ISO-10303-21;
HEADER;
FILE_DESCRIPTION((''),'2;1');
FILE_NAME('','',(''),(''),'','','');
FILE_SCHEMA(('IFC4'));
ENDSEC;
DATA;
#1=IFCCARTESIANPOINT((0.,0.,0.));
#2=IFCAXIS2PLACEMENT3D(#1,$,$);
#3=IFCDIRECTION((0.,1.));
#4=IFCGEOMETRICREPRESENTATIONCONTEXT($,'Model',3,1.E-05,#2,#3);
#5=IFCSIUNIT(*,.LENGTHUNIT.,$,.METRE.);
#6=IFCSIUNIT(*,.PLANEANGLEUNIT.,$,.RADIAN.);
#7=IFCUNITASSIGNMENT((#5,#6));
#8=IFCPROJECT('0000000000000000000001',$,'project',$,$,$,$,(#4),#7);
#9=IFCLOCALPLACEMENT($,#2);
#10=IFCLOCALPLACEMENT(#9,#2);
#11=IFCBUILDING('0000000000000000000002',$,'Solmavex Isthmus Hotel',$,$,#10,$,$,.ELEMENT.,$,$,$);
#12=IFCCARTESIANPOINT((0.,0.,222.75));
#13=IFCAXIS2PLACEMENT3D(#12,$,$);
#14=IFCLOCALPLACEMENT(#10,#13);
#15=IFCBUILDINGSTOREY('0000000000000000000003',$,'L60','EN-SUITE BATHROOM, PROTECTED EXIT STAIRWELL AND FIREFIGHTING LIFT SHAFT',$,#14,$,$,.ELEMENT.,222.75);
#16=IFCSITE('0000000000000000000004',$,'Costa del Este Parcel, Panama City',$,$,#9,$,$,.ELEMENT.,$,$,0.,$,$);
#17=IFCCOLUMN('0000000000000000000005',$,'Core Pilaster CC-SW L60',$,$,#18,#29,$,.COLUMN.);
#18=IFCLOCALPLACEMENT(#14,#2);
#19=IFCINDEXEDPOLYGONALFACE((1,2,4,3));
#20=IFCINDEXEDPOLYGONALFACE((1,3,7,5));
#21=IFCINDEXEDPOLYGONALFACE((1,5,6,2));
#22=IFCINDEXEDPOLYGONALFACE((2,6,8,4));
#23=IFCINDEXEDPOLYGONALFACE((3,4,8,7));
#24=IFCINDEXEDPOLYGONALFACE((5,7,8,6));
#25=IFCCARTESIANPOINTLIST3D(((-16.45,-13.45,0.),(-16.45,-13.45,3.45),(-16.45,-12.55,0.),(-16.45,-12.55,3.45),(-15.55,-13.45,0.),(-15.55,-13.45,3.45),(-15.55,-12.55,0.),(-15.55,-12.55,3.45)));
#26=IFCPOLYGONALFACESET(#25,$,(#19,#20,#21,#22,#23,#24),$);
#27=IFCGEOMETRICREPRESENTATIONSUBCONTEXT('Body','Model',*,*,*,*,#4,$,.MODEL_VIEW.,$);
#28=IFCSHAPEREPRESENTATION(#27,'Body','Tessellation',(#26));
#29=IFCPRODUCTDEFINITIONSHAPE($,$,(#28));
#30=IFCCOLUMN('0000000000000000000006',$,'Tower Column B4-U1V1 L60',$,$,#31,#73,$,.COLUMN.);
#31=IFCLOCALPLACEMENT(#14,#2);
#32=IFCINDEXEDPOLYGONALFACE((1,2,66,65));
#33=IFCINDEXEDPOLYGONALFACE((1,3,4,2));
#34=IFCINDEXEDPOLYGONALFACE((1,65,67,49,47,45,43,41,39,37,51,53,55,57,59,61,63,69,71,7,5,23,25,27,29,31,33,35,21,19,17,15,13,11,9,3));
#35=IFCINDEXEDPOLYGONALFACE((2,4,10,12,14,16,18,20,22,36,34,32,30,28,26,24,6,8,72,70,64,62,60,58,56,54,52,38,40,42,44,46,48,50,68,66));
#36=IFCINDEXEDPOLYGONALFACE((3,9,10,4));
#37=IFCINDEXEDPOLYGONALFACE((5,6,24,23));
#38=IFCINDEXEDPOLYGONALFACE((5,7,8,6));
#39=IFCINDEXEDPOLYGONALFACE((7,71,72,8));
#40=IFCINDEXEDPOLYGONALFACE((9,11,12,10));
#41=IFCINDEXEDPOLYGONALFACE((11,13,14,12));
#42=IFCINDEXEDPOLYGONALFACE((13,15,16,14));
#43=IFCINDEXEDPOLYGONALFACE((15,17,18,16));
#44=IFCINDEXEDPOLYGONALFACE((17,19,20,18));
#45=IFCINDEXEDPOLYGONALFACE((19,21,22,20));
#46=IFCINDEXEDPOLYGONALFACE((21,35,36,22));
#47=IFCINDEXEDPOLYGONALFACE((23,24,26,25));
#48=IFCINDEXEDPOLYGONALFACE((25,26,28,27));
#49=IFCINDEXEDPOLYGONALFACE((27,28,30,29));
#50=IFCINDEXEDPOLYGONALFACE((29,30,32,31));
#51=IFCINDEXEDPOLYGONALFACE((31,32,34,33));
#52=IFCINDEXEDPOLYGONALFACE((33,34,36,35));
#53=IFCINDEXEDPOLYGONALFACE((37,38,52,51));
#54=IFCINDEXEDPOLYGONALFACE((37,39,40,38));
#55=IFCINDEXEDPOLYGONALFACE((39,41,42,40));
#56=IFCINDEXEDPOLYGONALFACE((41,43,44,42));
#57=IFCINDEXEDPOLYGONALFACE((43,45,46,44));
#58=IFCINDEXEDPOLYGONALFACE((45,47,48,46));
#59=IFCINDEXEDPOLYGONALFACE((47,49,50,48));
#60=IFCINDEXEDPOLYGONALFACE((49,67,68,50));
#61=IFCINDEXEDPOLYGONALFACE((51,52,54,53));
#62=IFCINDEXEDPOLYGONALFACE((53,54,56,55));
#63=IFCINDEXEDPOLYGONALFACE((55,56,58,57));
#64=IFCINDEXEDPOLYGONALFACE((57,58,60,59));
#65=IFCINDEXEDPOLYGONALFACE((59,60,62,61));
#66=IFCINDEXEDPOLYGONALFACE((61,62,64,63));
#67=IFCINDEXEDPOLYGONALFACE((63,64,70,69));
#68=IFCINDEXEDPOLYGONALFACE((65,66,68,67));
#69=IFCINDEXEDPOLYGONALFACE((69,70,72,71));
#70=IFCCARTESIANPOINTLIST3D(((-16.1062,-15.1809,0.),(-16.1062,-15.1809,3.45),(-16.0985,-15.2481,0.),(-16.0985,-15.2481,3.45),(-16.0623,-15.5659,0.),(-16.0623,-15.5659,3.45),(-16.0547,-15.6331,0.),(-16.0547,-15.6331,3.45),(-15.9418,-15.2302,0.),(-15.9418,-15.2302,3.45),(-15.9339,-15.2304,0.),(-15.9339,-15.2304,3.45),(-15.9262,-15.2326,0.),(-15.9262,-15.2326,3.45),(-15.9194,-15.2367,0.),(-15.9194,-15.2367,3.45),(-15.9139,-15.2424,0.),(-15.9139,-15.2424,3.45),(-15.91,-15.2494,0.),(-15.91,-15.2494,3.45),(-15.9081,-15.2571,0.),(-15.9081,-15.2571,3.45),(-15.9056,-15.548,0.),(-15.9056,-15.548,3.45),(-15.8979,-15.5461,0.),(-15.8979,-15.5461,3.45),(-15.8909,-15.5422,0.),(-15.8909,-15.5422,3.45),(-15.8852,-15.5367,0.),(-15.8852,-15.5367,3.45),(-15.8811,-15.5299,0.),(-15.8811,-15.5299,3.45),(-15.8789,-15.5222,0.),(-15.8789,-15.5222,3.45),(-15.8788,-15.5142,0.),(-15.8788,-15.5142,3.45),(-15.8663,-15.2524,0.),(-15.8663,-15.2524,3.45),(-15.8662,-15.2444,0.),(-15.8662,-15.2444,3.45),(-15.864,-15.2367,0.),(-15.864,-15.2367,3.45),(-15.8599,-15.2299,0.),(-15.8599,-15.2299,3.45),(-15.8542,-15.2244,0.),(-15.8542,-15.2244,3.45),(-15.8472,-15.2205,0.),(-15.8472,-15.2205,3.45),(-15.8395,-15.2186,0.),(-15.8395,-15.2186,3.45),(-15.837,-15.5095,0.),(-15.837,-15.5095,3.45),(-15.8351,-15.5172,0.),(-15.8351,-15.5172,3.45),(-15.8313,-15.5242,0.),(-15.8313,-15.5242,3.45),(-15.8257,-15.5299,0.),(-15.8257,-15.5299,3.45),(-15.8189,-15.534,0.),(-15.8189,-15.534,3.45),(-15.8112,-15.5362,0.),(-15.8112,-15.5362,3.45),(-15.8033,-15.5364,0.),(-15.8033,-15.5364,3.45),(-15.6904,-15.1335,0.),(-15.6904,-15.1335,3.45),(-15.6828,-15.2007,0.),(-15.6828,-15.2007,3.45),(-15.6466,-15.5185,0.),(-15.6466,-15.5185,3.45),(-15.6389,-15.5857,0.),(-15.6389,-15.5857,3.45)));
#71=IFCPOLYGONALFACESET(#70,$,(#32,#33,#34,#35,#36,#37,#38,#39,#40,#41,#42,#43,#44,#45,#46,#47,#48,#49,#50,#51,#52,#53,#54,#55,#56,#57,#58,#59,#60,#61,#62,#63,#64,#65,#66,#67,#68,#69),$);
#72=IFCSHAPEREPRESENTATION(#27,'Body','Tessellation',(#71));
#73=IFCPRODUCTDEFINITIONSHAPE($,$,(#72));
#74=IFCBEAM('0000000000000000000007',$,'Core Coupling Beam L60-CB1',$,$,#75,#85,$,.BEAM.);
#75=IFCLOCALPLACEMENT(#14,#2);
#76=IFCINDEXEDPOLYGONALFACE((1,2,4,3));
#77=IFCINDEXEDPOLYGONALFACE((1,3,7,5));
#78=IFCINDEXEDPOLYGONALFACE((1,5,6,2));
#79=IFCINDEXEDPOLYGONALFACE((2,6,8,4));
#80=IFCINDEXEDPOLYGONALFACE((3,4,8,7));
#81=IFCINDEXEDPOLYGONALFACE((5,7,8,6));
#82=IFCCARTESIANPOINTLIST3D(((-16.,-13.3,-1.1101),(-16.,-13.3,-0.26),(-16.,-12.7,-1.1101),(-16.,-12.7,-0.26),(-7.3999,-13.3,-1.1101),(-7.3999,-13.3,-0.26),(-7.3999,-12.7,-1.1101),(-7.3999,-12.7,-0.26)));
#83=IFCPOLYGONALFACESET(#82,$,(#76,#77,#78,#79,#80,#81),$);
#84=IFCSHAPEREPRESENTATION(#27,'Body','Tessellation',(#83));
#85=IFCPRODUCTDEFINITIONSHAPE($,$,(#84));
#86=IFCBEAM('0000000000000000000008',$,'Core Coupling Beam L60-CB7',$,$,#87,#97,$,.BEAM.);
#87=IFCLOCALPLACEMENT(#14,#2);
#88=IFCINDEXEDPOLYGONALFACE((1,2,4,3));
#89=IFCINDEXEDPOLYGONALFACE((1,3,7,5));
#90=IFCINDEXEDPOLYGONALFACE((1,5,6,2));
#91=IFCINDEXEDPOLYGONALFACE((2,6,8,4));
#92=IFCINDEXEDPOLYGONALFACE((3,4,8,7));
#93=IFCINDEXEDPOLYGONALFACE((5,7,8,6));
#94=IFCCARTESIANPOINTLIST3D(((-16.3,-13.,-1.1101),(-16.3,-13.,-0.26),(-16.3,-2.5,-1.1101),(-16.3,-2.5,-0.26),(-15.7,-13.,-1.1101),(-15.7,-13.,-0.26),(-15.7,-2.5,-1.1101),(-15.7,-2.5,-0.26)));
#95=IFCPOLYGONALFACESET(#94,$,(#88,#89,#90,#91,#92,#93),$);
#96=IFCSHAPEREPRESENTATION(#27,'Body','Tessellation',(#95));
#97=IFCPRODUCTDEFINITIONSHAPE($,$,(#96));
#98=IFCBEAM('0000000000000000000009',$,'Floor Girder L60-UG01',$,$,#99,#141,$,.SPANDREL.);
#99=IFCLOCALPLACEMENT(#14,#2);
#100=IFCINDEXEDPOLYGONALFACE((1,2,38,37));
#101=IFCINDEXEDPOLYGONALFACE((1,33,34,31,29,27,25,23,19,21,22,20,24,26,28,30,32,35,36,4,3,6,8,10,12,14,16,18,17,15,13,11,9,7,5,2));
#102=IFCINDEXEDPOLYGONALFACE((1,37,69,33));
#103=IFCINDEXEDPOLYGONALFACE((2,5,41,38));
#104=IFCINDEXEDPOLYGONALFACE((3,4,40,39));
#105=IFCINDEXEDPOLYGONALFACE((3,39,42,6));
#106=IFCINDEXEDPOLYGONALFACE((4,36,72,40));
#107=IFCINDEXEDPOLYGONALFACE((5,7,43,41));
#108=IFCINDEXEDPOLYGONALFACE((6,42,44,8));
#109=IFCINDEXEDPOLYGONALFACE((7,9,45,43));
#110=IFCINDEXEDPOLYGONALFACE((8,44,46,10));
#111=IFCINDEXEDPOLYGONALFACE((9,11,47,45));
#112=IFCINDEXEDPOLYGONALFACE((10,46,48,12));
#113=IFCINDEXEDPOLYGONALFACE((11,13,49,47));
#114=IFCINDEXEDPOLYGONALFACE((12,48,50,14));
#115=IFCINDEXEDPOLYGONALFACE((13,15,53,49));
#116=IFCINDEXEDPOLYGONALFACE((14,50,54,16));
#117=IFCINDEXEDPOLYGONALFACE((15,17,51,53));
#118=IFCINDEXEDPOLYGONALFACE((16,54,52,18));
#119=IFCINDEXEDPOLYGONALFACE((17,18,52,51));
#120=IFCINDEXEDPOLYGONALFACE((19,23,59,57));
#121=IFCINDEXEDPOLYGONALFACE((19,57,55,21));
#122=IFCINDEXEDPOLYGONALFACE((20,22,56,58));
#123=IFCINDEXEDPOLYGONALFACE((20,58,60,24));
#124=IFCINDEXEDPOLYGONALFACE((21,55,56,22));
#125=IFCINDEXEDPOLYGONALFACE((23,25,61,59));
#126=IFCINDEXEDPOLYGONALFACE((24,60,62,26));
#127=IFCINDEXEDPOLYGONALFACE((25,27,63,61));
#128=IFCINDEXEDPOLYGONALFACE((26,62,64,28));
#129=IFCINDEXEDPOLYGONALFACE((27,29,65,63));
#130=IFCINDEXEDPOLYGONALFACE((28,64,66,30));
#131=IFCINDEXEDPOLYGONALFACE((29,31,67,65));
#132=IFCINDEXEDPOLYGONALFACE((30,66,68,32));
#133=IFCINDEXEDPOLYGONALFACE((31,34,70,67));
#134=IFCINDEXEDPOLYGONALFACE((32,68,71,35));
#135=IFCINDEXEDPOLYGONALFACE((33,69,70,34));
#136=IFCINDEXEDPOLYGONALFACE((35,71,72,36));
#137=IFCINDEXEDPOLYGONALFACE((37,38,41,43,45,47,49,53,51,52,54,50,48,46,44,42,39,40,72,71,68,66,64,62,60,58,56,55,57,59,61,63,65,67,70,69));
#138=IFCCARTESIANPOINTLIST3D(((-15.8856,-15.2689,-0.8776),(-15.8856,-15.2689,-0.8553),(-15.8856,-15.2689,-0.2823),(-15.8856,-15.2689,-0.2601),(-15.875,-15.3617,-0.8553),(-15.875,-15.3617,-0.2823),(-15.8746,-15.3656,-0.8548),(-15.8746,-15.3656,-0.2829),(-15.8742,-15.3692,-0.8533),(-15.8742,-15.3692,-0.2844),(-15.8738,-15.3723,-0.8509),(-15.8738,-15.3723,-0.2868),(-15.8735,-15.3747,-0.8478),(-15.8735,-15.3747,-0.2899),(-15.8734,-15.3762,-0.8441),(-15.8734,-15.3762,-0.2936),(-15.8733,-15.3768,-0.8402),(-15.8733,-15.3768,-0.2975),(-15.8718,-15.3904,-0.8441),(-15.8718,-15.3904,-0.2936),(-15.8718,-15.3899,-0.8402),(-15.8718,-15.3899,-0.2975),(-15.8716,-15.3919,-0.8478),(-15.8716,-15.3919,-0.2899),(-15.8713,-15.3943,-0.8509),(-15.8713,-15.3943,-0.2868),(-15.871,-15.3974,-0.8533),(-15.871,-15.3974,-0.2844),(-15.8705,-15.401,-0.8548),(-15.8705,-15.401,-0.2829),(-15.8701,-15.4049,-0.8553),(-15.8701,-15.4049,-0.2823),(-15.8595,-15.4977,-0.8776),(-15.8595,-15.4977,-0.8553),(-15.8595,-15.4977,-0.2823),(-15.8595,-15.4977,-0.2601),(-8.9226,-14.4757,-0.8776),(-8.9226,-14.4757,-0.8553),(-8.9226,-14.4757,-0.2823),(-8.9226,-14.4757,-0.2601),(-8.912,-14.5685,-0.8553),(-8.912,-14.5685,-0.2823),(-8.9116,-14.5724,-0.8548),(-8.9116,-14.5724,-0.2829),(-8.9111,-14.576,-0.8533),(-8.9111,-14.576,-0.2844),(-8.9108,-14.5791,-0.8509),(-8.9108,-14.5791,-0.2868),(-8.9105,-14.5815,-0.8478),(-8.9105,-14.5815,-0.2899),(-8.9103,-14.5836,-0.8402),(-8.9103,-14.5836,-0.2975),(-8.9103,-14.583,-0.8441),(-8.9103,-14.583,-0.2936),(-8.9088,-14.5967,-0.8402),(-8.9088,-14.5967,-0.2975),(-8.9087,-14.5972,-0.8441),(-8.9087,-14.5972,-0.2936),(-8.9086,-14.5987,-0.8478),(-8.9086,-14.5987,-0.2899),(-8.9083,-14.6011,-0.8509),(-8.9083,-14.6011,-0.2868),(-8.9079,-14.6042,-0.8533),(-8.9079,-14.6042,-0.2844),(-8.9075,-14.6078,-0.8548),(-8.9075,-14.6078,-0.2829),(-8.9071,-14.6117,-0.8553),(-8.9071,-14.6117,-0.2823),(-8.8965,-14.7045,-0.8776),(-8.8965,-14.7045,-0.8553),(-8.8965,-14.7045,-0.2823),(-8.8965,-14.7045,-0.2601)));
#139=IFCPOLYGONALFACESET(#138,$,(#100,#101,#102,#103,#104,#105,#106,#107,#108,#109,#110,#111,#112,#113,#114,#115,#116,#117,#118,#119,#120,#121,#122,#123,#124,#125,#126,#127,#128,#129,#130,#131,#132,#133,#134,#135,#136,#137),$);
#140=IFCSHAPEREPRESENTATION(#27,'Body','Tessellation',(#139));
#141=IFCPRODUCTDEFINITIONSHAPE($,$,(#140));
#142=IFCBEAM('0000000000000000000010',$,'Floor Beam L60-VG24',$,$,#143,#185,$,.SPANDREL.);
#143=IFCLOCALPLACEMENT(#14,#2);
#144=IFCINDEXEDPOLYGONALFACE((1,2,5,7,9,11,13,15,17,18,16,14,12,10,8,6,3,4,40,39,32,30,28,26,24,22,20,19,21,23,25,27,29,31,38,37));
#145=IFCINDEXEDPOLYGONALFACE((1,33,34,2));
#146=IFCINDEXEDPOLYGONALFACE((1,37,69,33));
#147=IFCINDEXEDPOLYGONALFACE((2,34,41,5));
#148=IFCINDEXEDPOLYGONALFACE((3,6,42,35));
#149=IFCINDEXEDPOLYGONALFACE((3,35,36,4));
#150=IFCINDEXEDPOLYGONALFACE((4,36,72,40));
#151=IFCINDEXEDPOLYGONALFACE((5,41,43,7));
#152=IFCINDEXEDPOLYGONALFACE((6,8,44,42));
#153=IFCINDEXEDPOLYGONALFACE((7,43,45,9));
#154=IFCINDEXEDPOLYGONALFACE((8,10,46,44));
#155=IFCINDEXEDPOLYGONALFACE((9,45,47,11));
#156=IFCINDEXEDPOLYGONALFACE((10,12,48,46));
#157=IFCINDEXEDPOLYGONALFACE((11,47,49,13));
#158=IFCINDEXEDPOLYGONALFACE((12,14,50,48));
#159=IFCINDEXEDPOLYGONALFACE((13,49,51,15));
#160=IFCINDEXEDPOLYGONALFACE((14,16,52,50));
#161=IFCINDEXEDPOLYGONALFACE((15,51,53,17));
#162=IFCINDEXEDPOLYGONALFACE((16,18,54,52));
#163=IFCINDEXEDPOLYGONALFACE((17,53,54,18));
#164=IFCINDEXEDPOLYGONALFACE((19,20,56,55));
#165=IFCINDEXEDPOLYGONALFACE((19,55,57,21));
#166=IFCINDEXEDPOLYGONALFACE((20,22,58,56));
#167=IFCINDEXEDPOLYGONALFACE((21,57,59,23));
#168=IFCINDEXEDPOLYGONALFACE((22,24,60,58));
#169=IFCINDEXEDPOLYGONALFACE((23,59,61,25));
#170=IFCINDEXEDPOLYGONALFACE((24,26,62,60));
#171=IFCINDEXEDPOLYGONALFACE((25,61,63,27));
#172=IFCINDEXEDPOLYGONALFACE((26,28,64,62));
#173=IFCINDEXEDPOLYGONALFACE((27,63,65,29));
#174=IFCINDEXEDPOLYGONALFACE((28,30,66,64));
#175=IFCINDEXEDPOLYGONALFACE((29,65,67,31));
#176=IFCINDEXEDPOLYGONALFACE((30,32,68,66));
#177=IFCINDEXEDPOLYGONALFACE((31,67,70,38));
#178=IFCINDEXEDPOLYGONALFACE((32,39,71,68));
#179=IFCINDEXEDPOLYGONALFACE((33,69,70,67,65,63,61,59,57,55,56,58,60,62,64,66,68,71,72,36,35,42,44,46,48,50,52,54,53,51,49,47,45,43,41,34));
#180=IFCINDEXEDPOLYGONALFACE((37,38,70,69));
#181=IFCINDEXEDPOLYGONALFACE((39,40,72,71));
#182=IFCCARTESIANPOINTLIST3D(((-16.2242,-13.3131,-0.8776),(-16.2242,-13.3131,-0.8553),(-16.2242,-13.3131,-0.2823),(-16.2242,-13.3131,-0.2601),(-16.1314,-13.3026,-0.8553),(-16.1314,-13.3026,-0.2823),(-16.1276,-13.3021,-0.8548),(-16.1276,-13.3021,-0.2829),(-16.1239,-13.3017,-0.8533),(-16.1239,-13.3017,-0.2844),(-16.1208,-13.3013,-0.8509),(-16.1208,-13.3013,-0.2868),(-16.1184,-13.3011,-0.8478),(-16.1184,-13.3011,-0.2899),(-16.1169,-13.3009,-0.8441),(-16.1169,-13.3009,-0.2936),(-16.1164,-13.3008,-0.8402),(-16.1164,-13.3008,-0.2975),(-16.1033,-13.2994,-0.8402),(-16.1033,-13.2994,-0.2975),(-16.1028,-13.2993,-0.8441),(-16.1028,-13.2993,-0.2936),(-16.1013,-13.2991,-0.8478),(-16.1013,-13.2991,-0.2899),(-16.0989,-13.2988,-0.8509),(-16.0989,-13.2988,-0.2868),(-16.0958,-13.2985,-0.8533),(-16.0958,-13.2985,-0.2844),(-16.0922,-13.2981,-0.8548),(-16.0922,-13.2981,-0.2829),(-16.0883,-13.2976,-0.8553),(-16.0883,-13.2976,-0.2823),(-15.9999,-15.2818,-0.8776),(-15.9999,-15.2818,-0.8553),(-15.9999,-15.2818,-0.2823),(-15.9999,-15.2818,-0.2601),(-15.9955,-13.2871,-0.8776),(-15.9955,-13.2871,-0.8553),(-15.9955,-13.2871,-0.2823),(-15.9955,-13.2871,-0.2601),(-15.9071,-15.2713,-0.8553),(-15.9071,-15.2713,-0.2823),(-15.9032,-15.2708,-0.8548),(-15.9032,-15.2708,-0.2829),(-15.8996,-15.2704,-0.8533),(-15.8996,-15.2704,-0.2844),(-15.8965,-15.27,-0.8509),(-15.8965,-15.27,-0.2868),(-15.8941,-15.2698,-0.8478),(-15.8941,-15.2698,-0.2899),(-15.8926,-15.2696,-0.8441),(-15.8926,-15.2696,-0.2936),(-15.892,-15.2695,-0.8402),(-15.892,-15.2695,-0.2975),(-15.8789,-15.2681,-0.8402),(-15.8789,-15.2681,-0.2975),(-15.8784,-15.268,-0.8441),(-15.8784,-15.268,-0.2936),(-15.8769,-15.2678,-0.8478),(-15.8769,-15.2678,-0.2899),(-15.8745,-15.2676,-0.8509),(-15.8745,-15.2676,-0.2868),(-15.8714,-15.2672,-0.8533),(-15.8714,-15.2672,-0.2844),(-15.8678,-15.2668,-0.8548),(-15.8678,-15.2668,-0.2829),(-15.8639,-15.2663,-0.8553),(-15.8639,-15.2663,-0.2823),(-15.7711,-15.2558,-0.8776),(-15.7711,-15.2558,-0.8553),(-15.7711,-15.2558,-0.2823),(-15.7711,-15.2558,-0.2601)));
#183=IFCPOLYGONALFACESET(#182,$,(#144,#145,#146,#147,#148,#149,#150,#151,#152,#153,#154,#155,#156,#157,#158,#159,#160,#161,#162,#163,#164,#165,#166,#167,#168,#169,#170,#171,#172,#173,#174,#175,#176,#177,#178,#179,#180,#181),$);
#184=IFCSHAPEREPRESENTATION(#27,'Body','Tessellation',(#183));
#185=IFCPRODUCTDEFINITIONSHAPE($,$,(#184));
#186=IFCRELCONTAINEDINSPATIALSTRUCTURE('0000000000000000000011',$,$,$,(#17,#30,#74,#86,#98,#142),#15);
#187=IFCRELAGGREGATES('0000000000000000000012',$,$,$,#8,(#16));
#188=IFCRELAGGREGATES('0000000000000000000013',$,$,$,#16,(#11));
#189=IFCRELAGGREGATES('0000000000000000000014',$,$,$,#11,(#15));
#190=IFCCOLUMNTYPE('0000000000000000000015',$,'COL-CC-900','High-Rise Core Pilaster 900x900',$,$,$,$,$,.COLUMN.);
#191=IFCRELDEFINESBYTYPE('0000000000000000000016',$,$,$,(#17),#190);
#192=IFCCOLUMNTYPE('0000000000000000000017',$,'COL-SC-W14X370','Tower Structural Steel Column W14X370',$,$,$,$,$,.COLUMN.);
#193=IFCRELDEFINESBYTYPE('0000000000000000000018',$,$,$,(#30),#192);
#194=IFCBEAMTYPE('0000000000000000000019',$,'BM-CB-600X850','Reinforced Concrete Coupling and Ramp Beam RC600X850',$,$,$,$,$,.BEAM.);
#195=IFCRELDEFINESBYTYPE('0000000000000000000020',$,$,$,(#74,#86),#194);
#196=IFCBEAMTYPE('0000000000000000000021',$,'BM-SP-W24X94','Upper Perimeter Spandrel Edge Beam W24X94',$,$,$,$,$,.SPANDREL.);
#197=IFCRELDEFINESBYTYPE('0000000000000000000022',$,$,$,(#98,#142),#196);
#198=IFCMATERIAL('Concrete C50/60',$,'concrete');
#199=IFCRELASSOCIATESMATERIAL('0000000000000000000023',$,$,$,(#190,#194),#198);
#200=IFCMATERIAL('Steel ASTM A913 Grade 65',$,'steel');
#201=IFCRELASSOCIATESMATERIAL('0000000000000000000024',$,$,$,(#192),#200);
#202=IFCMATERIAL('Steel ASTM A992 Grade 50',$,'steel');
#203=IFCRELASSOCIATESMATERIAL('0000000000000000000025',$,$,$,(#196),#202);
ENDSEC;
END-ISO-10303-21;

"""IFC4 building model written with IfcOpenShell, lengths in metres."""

from ifc_helpers import new_model, si_unit, direction, frame, origin, origin_2d, place, context, subcontext, project, spatial, rectangle, i_section, extrude, material, material_profile, profile_set, type_object, element, save


model = new_model("IFC4")

# Units and contexts
model_context = context("Model", 3, precision=1e-05, world=origin(), true_north=direction((0.0, 1.0)))
body_context = subcontext(model_context, "Body", "Model", "MODEL_VIEW")
ifc_project = project(units=[si_unit("LENGTHUNIT", "METRE"), si_unit("PLANEANGLEUNIT", "RADIAN")], contexts=[model_context])

# Site, building, storey
site_placement = place(None, origin())
site = spatial("IfcSite", under=ifc_project, at=site_placement, Name="Costa del Este Parcel, Panama City", CompositionType="ELEMENT", RefElevation=0.0)
building_placement = place(site_placement, origin())
building = spatial("IfcBuilding", under=site, at=building_placement, Name="Solmavex Isthmus Hotel", CompositionType="ELEMENT")
storey_placement = place(building_placement, frame((0.0, 0.0, 222.75)))
storey = spatial("IfcBuildingStorey", under=building, at=storey_placement, Name="L60", Description="EN-SUITE BATHROOM, PROTECTED EXIT STAIRWELL AND FIREFIGHTING LIFT SHAFT", CompositionType="ELEMENT", Elevation=222.75)

# Columns
ifc_material_1 = material(Name="Concrete C50/60", Category="concrete")
ifc_material_profile_1 = material_profile(ifc_material_1, rectangle(XDim=0.8999, YDim=0.8999, at=origin_2d()), Name="RC900X900")
ifc_profile_set_1 = profile_set([ifc_material_profile_1], Name="Concrete C50/60")
column_type_1 = type_object("IfcColumnType", Name="COL-CC-900", Description="High-Rise Core Pilaster 900x900", PredefinedType="COLUMN", material=ifc_profile_set_1)
column_1_placement = place(storey_placement, frame((-16.0, -13.0, 0.0), z_axis=(0.0, 0.0, 1.0), x_axis=(1.0, 0.0, 0.0)))
element("IfcColumn", 1, at=column_1_placement, inside=storey, type_object=column_type_1, Name="Core Pilaster CC-SW L60", PredefinedType="COLUMN", context=body_context, shape_type="SweptSolid", body=[
    extrude(rectangle(XDim=0.8999, YDim=0.8999, at=origin_2d()), origin(), (0.0, 0.0, 1.0), 3.45),
])
ifc_material_2 = material(Name="Steel ASTM A913 Grade 65", Category="steel")
ifc_material_profile_2 = material_profile(ifc_material_2, i_section(OverallWidth=0.4185, OverallDepth=0.4551, WebThickness=0.042, FlangeThickness=0.0676, FilletRadius=0.0305, at=origin_2d()), Name="W14X370")
ifc_profile_set_2 = profile_set([ifc_material_profile_2], Name="Steel ASTM A913 Grade 65")
column_type_2 = type_object("IfcColumnType", Name="COL-SC-W14X370", Description="Tower Structural Steel Column W14X370", PredefinedType="COLUMN", material=ifc_profile_set_2)
column_2_placement = place(storey_placement, frame((-15.8726, -15.3833, 0.0), z_axis=(0.0, 0.0, 1.0), x_axis=(0.993572, 0.113203, 0.0)))
element("IfcColumn", 2, at=column_2_placement, inside=storey, type_object=column_type_2, Name="Tower Column B4-U1V1 L60", PredefinedType="COLUMN", context=body_context, shape_type="SweptSolid", body=[
    extrude(i_section(OverallWidth=0.4185, OverallDepth=0.4551, WebThickness=0.042, FlangeThickness=0.0676, FilletRadius=0.0305, at=origin_2d()), origin(), (0.0, 0.0, 1.0), 3.45),
])

# Beams
ifc_material_profile_3 = material_profile(ifc_material_1, rectangle(XDim=0.6001, YDim=0.8501, at=origin_2d()), Name="RC600X850")
ifc_profile_set_3 = profile_set([ifc_material_profile_3], Name="Concrete C50/60")
beam_type_1 = type_object("IfcBeamType", Name="BM-CB-600X850", Description="Reinforced Concrete Coupling and Ramp Beam RC600X850", PredefinedType="BEAM", material=ifc_profile_set_3)
beam_1_placement = place(storey_placement, frame((-16.0, -13.0, -0.6851), z_axis=(1.0, 0.0, 0.0), x_axis=(0.0, 1.0, 0.0)))
element("IfcBeam", 3, at=beam_1_placement, inside=storey, type_object=beam_type_1, Name="Core Coupling Beam L60-CB1", PredefinedType="BEAM", context=body_context, shape_type="SweptSolid", body=[
    extrude(rectangle(XDim=0.6001, YDim=0.8501, at=origin_2d()), origin(), (0.0, 0.0, 1.0), 8.6001),
])
beam_2_placement = place(storey_placement, frame((-16.0, -13.0, -0.6851), z_axis=(0.0, 1.0, 0.0), x_axis=(-1.0, 0.0, 0.0)))
element("IfcBeam", 4, at=beam_2_placement, inside=storey, type_object=beam_type_1, Name="Core Coupling Beam L60-CB7", PredefinedType="BEAM", context=body_context, shape_type="SweptSolid", body=[
    extrude(rectangle(XDim=0.6001, YDim=0.8501, at=origin_2d()), origin(), (0.0, 0.0, 1.0), 10.5),
])
ifc_material_3 = material(Name="Steel ASTM A992 Grade 50", Category="steel")
ifc_material_profile_4 = material_profile(ifc_material_3, i_section(OverallWidth=0.2302, OverallDepth=0.6174, WebThickness=0.0132, FlangeThickness=0.0222, FilletRadius=0.0151, at=origin_2d()), Name="W24X94")
ifc_profile_set_4 = profile_set([ifc_material_profile_4], Name="Steel ASTM A992 Grade 50")
beam_type_2 = type_object("IfcBeamType", Name="BM-SP-W24X94", Description="Upper Perimeter Spandrel Edge Beam W24X94", PredefinedType="SPANDREL", material=ifc_profile_set_4)
beam_3_placement = place(storey_placement, frame((-15.8726, -15.3833, -0.5688), z_axis=(0.993574, 0.113184, 0.0), x_axis=(-0.113184, 0.993574, 0.0)))
element("IfcBeam", 5, at=beam_3_placement, inside=storey, type_object=beam_type_2, Name="Floor Girder L60-UG01", PredefinedType="SPANDREL", context=body_context, shape_type="SweptSolid", body=[
    extrude(i_section(OverallWidth=0.2302, OverallDepth=0.6174, WebThickness=0.0132, FlangeThickness=0.0222, FilletRadius=0.0151, at=origin_2d()), origin(), (0.0, 0.0, 1.0), 7.0081),
])
beam_4_placement = place(storey_placement, frame((-15.8855, -15.2688, -0.5688), z_axis=(-0.11323, 0.993569, 0.0), x_axis=(-0.993569, -0.11323, 0.0)))
element("IfcBeam", 6, at=beam_4_placement, inside=storey, type_object=beam_type_2, Name="Floor Beam L60-VG24", PredefinedType="SPANDREL", context=body_context, shape_type="SweptSolid", body=[
    extrude(i_section(OverallWidth=0.2302, OverallDepth=0.6174, WebThickness=0.0132, FlangeThickness=0.0222, FilletRadius=0.0151, at=origin_2d()), origin(), (0.0, 0.0, 1.0), 1.9814),
])

save(model, "model.ifc")
